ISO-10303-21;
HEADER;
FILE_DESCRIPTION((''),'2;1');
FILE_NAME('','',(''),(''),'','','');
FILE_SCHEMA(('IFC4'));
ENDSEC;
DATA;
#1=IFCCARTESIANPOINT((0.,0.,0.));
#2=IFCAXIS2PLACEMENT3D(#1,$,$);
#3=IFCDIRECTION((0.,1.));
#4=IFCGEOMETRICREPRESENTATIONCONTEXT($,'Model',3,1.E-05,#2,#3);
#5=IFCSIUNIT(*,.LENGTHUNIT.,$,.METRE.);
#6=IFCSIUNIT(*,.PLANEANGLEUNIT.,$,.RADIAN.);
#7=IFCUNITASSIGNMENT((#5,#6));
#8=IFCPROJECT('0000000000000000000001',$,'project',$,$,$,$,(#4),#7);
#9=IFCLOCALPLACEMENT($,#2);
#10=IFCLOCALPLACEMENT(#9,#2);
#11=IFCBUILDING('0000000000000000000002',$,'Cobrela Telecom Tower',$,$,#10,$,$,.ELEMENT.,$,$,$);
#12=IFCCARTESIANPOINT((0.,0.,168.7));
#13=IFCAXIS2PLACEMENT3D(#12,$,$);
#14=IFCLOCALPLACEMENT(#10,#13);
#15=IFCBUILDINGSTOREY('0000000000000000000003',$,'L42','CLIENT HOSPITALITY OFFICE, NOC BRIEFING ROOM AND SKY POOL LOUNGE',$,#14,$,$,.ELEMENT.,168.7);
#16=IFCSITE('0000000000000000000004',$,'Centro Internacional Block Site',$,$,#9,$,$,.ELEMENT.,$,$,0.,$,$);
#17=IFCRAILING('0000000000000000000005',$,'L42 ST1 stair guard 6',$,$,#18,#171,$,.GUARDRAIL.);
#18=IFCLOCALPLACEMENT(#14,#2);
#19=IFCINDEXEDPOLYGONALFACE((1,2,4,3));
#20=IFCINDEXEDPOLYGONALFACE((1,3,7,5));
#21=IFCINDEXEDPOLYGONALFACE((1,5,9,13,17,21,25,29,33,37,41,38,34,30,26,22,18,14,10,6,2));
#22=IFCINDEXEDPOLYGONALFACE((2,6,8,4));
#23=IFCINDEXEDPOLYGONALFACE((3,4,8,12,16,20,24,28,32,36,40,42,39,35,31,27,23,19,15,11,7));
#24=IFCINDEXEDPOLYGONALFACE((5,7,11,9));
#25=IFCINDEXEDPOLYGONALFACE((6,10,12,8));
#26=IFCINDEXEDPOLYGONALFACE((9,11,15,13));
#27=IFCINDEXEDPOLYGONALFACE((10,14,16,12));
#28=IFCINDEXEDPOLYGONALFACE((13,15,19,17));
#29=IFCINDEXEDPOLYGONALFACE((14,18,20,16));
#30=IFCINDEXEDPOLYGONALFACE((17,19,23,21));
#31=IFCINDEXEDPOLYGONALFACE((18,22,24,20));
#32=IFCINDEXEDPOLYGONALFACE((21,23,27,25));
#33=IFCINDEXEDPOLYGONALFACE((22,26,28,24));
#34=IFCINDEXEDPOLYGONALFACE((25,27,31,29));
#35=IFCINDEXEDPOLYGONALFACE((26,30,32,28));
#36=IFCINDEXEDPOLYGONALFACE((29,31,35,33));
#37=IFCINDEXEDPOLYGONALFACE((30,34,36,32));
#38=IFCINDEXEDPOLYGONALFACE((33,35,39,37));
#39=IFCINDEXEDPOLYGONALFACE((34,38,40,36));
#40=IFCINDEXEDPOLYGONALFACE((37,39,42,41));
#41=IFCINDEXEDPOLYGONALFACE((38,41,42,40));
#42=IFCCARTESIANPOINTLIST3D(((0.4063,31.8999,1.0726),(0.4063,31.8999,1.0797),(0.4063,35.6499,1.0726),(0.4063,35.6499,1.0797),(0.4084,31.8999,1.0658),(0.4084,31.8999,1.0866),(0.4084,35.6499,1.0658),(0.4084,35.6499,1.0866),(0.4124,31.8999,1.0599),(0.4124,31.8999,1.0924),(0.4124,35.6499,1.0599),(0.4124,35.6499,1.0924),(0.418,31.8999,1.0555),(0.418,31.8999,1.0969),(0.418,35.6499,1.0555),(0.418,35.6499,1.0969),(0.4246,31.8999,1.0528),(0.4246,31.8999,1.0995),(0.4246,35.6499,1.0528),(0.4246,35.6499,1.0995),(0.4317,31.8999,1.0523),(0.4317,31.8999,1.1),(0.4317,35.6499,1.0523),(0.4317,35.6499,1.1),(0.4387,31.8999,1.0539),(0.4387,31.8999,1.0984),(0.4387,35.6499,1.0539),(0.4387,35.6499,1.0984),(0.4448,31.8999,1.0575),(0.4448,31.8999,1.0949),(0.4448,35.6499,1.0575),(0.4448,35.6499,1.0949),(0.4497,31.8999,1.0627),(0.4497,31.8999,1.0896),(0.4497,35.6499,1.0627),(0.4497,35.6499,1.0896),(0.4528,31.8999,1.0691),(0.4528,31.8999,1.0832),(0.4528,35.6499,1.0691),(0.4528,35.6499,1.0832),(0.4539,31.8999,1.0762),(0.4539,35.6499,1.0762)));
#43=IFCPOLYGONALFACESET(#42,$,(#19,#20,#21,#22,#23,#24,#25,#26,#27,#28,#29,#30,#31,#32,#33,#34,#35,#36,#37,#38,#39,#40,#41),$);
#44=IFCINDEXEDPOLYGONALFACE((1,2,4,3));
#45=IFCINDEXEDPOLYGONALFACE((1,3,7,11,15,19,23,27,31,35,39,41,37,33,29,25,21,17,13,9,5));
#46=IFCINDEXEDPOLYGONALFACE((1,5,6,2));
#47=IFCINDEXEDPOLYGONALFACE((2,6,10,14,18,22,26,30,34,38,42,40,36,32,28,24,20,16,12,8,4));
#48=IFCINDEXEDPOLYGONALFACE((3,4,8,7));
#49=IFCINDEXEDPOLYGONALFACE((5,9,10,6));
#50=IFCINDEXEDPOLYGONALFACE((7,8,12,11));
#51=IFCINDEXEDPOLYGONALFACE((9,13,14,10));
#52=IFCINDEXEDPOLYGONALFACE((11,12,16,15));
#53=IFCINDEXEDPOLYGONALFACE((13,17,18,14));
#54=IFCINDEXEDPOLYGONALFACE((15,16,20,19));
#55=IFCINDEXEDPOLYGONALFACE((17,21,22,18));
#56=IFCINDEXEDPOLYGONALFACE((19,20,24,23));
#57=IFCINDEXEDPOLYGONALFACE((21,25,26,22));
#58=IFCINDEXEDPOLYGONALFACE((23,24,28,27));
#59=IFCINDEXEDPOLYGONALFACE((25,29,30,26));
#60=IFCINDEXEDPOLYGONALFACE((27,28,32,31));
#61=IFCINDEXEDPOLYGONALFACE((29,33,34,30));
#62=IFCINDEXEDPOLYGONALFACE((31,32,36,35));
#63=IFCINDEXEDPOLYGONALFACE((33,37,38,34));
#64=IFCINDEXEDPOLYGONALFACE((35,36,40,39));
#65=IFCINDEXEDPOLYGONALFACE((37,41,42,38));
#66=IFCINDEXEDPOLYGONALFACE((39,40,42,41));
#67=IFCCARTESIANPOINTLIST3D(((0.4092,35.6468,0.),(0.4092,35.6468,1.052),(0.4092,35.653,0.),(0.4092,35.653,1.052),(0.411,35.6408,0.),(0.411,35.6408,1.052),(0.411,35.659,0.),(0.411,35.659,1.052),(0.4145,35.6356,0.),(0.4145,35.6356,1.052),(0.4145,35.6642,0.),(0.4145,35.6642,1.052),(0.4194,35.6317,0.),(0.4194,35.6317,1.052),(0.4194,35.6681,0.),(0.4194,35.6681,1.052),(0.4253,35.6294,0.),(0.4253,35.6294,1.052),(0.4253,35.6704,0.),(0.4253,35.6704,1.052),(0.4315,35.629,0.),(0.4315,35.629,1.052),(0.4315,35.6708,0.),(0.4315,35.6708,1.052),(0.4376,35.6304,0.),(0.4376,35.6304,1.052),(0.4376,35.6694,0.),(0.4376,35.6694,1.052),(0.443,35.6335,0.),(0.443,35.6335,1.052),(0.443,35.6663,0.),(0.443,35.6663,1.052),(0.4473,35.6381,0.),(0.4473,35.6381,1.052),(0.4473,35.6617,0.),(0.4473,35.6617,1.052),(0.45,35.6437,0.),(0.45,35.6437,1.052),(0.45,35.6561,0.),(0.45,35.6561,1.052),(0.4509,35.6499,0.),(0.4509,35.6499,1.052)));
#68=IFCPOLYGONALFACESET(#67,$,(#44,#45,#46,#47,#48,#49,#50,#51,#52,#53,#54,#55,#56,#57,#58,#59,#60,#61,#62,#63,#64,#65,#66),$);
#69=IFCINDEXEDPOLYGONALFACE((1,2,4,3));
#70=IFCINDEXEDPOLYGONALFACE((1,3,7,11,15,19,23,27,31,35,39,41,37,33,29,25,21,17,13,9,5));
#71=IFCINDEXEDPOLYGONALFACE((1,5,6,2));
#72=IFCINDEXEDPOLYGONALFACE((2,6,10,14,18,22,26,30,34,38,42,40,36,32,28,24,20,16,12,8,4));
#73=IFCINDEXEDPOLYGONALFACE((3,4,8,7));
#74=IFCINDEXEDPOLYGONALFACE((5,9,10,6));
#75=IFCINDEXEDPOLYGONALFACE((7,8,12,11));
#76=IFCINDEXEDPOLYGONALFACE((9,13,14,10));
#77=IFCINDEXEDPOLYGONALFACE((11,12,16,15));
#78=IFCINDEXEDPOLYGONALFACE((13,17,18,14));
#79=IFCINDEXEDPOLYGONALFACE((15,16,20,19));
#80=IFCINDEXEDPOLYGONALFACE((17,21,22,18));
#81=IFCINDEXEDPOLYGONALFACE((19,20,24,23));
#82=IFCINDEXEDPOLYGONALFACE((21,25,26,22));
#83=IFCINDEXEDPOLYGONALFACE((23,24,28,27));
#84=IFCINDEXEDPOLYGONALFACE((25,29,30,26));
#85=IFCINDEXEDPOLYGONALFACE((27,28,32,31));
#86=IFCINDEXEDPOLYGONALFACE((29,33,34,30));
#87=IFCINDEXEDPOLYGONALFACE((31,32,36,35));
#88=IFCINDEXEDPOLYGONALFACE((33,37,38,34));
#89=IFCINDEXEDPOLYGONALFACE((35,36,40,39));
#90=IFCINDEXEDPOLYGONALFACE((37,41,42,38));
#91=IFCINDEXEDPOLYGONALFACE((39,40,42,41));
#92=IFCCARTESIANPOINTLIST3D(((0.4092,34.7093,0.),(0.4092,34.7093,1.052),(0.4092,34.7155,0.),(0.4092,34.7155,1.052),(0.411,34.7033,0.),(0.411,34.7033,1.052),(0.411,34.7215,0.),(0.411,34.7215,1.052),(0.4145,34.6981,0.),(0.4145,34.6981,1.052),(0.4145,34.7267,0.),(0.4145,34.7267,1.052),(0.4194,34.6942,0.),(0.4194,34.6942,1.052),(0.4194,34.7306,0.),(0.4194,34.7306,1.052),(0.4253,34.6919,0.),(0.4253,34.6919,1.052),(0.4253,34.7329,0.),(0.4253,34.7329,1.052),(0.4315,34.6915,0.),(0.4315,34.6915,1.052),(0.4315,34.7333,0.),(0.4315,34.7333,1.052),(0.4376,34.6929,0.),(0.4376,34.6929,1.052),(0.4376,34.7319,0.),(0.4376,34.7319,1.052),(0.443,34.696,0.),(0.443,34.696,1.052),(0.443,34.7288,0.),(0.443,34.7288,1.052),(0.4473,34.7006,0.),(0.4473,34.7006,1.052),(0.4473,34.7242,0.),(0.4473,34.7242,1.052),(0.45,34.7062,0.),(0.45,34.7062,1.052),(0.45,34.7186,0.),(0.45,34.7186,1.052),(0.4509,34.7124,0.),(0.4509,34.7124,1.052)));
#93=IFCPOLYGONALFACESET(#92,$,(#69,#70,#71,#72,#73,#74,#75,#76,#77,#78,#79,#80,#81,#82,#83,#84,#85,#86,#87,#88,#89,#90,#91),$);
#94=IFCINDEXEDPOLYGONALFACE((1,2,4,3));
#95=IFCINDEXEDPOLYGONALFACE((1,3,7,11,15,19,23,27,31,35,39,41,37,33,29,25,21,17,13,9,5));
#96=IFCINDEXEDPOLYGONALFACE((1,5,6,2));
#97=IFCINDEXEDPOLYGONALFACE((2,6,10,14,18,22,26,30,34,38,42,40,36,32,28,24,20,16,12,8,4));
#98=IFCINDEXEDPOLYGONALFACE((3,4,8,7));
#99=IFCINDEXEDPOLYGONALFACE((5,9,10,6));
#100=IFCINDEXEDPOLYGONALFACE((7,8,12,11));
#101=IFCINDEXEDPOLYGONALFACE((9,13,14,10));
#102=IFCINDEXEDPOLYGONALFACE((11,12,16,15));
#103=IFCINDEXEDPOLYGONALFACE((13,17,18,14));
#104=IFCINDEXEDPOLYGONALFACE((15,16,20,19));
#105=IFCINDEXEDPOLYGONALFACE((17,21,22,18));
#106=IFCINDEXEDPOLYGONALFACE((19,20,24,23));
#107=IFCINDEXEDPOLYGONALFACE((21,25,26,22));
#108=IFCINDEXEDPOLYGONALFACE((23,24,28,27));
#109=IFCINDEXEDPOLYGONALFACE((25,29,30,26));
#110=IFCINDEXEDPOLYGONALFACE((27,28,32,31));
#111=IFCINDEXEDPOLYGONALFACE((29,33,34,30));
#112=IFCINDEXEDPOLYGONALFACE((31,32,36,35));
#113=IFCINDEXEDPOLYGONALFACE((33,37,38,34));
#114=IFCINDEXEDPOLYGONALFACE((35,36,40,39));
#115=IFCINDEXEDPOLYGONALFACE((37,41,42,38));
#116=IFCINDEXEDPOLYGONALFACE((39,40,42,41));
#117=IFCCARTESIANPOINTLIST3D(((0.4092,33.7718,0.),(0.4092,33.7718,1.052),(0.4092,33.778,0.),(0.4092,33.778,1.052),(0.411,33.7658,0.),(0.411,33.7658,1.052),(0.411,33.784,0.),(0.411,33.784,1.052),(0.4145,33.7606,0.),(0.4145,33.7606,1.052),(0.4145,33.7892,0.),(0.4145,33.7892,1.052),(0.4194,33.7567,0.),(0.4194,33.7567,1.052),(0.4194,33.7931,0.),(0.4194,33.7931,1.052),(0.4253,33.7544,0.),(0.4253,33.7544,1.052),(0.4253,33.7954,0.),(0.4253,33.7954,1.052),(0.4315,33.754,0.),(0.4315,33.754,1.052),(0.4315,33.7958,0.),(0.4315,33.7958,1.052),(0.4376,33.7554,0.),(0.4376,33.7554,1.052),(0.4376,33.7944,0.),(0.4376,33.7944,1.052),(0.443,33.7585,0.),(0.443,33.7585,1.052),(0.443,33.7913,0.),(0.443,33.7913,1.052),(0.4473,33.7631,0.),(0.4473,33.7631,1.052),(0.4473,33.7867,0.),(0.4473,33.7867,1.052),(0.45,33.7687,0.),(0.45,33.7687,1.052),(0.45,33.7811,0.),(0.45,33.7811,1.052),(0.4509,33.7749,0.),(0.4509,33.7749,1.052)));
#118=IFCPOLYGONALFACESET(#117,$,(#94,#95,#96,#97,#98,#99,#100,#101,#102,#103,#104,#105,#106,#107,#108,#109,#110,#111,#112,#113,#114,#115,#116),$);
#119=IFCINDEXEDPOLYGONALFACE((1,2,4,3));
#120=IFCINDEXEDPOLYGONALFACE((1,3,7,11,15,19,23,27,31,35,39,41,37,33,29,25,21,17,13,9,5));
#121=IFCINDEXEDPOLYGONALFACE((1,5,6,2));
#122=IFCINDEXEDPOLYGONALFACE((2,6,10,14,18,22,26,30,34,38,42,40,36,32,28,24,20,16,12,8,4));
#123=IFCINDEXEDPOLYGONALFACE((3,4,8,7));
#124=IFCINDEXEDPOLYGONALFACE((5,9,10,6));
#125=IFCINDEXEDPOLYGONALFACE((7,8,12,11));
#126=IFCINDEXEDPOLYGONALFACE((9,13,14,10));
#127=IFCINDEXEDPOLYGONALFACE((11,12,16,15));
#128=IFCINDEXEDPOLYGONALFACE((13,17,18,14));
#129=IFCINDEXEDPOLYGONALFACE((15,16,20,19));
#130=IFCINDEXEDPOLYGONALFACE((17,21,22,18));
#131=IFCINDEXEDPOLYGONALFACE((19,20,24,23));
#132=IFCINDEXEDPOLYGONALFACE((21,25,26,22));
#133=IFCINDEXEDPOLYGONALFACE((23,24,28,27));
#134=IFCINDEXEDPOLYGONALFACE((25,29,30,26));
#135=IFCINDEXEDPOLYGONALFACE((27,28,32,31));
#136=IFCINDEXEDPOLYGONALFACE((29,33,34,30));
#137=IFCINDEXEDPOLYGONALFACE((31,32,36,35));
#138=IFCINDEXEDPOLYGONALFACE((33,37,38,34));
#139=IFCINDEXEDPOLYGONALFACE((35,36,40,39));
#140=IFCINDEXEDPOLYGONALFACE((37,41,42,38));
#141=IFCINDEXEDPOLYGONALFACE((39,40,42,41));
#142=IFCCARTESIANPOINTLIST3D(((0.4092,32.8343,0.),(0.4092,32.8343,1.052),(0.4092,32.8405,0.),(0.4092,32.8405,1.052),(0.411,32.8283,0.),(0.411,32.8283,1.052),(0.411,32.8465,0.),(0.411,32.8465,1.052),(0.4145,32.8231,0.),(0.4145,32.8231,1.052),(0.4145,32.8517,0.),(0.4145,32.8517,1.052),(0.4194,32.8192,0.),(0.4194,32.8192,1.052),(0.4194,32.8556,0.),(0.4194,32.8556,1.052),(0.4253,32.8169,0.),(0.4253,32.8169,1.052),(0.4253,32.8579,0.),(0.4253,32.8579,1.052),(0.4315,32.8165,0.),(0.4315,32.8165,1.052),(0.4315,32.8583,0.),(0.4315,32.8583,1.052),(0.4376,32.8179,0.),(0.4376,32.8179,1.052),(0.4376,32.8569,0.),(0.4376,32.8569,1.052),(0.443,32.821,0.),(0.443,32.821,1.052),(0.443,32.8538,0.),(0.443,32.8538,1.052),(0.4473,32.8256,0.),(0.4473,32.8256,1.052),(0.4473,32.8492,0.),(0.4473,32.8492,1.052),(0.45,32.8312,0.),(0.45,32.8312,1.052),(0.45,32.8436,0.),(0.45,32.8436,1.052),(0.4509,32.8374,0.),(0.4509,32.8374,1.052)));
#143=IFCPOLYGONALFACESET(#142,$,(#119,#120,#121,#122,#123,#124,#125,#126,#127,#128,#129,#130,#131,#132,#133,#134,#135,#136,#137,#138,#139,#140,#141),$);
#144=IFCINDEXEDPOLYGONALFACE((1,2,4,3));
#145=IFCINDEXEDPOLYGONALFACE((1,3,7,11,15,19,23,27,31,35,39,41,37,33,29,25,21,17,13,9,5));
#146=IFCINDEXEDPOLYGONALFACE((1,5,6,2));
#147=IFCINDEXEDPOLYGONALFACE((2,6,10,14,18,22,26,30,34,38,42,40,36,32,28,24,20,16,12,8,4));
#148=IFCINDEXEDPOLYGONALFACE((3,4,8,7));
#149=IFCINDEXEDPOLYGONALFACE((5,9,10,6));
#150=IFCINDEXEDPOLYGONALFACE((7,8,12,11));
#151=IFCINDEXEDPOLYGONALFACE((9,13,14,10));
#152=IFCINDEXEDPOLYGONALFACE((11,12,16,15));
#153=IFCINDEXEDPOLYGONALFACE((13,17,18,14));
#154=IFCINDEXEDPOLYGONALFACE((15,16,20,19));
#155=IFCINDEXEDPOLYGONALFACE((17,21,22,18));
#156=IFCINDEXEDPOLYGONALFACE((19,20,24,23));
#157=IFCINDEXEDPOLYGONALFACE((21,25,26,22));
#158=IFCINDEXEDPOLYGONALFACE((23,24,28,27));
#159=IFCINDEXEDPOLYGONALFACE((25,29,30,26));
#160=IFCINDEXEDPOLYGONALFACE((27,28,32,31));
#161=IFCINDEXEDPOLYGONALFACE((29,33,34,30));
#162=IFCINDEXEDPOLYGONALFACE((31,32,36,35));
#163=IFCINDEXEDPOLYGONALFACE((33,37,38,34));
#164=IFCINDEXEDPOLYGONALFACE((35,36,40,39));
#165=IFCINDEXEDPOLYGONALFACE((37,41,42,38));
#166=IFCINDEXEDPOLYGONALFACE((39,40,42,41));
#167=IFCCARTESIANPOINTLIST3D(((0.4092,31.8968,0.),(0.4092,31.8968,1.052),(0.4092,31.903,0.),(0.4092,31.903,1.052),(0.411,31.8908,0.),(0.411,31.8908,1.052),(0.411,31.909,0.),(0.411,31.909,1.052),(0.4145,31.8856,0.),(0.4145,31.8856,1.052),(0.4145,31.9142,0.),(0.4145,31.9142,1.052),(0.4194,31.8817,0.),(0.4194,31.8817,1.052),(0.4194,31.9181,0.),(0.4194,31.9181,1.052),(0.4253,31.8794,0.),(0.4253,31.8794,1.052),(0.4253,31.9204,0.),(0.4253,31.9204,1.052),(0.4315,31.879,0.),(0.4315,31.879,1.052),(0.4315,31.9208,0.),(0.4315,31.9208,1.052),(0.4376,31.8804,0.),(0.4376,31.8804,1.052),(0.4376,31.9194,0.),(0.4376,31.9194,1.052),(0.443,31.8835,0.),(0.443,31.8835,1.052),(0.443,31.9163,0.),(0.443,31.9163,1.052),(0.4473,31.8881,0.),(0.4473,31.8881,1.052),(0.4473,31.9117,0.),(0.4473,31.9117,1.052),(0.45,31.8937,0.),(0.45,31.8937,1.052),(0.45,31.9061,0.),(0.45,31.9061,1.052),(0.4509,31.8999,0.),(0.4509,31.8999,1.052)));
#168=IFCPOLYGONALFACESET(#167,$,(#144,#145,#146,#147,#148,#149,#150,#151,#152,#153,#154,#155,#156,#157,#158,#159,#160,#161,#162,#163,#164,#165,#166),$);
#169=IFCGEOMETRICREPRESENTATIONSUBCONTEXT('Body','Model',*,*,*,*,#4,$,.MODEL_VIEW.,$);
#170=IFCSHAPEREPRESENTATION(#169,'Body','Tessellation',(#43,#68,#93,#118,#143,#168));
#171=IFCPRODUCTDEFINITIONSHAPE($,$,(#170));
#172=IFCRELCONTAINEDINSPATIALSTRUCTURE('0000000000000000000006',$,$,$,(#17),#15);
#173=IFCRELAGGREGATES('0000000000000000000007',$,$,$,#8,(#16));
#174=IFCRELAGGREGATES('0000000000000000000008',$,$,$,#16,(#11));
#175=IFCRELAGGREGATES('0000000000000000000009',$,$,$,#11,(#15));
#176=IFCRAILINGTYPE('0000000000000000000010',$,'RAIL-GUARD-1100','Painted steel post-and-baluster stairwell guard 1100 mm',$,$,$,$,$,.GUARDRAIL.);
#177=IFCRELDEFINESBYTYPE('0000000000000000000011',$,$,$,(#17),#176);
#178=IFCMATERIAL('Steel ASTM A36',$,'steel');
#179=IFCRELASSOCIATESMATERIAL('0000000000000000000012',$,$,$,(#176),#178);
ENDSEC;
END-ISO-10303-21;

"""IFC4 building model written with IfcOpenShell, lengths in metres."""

from ifc_helpers import new_model, si_unit, direction, frame, origin, origin_2d, place, context, subcontext, project, spatial, circle, extrude, material, type_object, element, save


model = new_model("IFC4")

# Units and contexts
model_context = context("Model", 3, precision=1e-05, world=origin(), true_north=direction((0.0, 1.0)))
body_context = subcontext(model_context, "Body", "Model", "MODEL_VIEW")
ifc_project = project(units=[si_unit("LENGTHUNIT", "METRE"), si_unit("PLANEANGLEUNIT", "RADIAN")], contexts=[model_context])

# Site, building, storey
site_placement = place(None, origin())
site = spatial("IfcSite", under=ifc_project, at=site_placement, Name="Centro Internacional Block Site", CompositionType="ELEMENT", RefElevation=0.0)
building_placement = place(site_placement, origin())
building = spatial("IfcBuilding", under=site, at=building_placement, Name="Cobrela Telecom Tower", CompositionType="ELEMENT")
storey_placement = place(building_placement, frame((0.0, 0.0, 168.7)))
storey = spatial("IfcBuildingStorey", under=building, at=storey_placement, Name="L42", Description="CLIENT HOSPITALITY OFFICE, NOC BRIEFING ROOM AND SKY POOL LOUNGE", CompositionType="ELEMENT", Elevation=168.7)

# Railing
ifc_material_1 = material(Name="Steel ASTM A36", Category="steel")
railing_type_1 = type_object("IfcRailingType", Name="RAIL-GUARD-1100", Description="Painted steel post-and-baluster stairwell guard 1100 mm", PredefinedType="GUARDRAIL", material=ifc_material_1)
railing_1_placement = place(storey_placement, frame((0.4299, 35.6499, 0.0)))
element("IfcRailing", 1, at=railing_1_placement, inside=storey, type_object=railing_type_1, Name="L42 ST1 stair guard 6", PredefinedType="GUARDRAIL", context=body_context, shape_type="SweptSolid", body=[
    extrude(circle(Radius=0.0239, at=origin_2d()), frame((0.0, 0.0, 1.0762), z_axis=(0.0, -1.0, 0.0), x_axis=(1.0, 0.0, 0.0)), (0.0, 0.0, 1.0), 3.75),
    extrude(circle(Radius=0.021, at=origin_2d()), origin(), (0.0, 0.0, 1.0), 1.052),
    extrude(circle(Radius=0.021, at=origin_2d()), frame((0.0, -0.9375, 0.0)), (0.0, 0.0, 1.0), 1.052),
    extrude(circle(Radius=0.021, at=origin_2d()), frame((0.0, -1.875, 0.0)), (0.0, 0.0, 1.0), 1.052),
    extrude(circle(Radius=0.021, at=origin_2d()), frame((0.0, -2.8125, 0.0)), (0.0, 0.0, 1.0), 1.052),
    extrude(circle(Radius=0.021, at=origin_2d()), frame((0.0, -3.75, 0.0)), (0.0, 0.0, 1.0), 1.052),
])

save(model, "model.ifc")
